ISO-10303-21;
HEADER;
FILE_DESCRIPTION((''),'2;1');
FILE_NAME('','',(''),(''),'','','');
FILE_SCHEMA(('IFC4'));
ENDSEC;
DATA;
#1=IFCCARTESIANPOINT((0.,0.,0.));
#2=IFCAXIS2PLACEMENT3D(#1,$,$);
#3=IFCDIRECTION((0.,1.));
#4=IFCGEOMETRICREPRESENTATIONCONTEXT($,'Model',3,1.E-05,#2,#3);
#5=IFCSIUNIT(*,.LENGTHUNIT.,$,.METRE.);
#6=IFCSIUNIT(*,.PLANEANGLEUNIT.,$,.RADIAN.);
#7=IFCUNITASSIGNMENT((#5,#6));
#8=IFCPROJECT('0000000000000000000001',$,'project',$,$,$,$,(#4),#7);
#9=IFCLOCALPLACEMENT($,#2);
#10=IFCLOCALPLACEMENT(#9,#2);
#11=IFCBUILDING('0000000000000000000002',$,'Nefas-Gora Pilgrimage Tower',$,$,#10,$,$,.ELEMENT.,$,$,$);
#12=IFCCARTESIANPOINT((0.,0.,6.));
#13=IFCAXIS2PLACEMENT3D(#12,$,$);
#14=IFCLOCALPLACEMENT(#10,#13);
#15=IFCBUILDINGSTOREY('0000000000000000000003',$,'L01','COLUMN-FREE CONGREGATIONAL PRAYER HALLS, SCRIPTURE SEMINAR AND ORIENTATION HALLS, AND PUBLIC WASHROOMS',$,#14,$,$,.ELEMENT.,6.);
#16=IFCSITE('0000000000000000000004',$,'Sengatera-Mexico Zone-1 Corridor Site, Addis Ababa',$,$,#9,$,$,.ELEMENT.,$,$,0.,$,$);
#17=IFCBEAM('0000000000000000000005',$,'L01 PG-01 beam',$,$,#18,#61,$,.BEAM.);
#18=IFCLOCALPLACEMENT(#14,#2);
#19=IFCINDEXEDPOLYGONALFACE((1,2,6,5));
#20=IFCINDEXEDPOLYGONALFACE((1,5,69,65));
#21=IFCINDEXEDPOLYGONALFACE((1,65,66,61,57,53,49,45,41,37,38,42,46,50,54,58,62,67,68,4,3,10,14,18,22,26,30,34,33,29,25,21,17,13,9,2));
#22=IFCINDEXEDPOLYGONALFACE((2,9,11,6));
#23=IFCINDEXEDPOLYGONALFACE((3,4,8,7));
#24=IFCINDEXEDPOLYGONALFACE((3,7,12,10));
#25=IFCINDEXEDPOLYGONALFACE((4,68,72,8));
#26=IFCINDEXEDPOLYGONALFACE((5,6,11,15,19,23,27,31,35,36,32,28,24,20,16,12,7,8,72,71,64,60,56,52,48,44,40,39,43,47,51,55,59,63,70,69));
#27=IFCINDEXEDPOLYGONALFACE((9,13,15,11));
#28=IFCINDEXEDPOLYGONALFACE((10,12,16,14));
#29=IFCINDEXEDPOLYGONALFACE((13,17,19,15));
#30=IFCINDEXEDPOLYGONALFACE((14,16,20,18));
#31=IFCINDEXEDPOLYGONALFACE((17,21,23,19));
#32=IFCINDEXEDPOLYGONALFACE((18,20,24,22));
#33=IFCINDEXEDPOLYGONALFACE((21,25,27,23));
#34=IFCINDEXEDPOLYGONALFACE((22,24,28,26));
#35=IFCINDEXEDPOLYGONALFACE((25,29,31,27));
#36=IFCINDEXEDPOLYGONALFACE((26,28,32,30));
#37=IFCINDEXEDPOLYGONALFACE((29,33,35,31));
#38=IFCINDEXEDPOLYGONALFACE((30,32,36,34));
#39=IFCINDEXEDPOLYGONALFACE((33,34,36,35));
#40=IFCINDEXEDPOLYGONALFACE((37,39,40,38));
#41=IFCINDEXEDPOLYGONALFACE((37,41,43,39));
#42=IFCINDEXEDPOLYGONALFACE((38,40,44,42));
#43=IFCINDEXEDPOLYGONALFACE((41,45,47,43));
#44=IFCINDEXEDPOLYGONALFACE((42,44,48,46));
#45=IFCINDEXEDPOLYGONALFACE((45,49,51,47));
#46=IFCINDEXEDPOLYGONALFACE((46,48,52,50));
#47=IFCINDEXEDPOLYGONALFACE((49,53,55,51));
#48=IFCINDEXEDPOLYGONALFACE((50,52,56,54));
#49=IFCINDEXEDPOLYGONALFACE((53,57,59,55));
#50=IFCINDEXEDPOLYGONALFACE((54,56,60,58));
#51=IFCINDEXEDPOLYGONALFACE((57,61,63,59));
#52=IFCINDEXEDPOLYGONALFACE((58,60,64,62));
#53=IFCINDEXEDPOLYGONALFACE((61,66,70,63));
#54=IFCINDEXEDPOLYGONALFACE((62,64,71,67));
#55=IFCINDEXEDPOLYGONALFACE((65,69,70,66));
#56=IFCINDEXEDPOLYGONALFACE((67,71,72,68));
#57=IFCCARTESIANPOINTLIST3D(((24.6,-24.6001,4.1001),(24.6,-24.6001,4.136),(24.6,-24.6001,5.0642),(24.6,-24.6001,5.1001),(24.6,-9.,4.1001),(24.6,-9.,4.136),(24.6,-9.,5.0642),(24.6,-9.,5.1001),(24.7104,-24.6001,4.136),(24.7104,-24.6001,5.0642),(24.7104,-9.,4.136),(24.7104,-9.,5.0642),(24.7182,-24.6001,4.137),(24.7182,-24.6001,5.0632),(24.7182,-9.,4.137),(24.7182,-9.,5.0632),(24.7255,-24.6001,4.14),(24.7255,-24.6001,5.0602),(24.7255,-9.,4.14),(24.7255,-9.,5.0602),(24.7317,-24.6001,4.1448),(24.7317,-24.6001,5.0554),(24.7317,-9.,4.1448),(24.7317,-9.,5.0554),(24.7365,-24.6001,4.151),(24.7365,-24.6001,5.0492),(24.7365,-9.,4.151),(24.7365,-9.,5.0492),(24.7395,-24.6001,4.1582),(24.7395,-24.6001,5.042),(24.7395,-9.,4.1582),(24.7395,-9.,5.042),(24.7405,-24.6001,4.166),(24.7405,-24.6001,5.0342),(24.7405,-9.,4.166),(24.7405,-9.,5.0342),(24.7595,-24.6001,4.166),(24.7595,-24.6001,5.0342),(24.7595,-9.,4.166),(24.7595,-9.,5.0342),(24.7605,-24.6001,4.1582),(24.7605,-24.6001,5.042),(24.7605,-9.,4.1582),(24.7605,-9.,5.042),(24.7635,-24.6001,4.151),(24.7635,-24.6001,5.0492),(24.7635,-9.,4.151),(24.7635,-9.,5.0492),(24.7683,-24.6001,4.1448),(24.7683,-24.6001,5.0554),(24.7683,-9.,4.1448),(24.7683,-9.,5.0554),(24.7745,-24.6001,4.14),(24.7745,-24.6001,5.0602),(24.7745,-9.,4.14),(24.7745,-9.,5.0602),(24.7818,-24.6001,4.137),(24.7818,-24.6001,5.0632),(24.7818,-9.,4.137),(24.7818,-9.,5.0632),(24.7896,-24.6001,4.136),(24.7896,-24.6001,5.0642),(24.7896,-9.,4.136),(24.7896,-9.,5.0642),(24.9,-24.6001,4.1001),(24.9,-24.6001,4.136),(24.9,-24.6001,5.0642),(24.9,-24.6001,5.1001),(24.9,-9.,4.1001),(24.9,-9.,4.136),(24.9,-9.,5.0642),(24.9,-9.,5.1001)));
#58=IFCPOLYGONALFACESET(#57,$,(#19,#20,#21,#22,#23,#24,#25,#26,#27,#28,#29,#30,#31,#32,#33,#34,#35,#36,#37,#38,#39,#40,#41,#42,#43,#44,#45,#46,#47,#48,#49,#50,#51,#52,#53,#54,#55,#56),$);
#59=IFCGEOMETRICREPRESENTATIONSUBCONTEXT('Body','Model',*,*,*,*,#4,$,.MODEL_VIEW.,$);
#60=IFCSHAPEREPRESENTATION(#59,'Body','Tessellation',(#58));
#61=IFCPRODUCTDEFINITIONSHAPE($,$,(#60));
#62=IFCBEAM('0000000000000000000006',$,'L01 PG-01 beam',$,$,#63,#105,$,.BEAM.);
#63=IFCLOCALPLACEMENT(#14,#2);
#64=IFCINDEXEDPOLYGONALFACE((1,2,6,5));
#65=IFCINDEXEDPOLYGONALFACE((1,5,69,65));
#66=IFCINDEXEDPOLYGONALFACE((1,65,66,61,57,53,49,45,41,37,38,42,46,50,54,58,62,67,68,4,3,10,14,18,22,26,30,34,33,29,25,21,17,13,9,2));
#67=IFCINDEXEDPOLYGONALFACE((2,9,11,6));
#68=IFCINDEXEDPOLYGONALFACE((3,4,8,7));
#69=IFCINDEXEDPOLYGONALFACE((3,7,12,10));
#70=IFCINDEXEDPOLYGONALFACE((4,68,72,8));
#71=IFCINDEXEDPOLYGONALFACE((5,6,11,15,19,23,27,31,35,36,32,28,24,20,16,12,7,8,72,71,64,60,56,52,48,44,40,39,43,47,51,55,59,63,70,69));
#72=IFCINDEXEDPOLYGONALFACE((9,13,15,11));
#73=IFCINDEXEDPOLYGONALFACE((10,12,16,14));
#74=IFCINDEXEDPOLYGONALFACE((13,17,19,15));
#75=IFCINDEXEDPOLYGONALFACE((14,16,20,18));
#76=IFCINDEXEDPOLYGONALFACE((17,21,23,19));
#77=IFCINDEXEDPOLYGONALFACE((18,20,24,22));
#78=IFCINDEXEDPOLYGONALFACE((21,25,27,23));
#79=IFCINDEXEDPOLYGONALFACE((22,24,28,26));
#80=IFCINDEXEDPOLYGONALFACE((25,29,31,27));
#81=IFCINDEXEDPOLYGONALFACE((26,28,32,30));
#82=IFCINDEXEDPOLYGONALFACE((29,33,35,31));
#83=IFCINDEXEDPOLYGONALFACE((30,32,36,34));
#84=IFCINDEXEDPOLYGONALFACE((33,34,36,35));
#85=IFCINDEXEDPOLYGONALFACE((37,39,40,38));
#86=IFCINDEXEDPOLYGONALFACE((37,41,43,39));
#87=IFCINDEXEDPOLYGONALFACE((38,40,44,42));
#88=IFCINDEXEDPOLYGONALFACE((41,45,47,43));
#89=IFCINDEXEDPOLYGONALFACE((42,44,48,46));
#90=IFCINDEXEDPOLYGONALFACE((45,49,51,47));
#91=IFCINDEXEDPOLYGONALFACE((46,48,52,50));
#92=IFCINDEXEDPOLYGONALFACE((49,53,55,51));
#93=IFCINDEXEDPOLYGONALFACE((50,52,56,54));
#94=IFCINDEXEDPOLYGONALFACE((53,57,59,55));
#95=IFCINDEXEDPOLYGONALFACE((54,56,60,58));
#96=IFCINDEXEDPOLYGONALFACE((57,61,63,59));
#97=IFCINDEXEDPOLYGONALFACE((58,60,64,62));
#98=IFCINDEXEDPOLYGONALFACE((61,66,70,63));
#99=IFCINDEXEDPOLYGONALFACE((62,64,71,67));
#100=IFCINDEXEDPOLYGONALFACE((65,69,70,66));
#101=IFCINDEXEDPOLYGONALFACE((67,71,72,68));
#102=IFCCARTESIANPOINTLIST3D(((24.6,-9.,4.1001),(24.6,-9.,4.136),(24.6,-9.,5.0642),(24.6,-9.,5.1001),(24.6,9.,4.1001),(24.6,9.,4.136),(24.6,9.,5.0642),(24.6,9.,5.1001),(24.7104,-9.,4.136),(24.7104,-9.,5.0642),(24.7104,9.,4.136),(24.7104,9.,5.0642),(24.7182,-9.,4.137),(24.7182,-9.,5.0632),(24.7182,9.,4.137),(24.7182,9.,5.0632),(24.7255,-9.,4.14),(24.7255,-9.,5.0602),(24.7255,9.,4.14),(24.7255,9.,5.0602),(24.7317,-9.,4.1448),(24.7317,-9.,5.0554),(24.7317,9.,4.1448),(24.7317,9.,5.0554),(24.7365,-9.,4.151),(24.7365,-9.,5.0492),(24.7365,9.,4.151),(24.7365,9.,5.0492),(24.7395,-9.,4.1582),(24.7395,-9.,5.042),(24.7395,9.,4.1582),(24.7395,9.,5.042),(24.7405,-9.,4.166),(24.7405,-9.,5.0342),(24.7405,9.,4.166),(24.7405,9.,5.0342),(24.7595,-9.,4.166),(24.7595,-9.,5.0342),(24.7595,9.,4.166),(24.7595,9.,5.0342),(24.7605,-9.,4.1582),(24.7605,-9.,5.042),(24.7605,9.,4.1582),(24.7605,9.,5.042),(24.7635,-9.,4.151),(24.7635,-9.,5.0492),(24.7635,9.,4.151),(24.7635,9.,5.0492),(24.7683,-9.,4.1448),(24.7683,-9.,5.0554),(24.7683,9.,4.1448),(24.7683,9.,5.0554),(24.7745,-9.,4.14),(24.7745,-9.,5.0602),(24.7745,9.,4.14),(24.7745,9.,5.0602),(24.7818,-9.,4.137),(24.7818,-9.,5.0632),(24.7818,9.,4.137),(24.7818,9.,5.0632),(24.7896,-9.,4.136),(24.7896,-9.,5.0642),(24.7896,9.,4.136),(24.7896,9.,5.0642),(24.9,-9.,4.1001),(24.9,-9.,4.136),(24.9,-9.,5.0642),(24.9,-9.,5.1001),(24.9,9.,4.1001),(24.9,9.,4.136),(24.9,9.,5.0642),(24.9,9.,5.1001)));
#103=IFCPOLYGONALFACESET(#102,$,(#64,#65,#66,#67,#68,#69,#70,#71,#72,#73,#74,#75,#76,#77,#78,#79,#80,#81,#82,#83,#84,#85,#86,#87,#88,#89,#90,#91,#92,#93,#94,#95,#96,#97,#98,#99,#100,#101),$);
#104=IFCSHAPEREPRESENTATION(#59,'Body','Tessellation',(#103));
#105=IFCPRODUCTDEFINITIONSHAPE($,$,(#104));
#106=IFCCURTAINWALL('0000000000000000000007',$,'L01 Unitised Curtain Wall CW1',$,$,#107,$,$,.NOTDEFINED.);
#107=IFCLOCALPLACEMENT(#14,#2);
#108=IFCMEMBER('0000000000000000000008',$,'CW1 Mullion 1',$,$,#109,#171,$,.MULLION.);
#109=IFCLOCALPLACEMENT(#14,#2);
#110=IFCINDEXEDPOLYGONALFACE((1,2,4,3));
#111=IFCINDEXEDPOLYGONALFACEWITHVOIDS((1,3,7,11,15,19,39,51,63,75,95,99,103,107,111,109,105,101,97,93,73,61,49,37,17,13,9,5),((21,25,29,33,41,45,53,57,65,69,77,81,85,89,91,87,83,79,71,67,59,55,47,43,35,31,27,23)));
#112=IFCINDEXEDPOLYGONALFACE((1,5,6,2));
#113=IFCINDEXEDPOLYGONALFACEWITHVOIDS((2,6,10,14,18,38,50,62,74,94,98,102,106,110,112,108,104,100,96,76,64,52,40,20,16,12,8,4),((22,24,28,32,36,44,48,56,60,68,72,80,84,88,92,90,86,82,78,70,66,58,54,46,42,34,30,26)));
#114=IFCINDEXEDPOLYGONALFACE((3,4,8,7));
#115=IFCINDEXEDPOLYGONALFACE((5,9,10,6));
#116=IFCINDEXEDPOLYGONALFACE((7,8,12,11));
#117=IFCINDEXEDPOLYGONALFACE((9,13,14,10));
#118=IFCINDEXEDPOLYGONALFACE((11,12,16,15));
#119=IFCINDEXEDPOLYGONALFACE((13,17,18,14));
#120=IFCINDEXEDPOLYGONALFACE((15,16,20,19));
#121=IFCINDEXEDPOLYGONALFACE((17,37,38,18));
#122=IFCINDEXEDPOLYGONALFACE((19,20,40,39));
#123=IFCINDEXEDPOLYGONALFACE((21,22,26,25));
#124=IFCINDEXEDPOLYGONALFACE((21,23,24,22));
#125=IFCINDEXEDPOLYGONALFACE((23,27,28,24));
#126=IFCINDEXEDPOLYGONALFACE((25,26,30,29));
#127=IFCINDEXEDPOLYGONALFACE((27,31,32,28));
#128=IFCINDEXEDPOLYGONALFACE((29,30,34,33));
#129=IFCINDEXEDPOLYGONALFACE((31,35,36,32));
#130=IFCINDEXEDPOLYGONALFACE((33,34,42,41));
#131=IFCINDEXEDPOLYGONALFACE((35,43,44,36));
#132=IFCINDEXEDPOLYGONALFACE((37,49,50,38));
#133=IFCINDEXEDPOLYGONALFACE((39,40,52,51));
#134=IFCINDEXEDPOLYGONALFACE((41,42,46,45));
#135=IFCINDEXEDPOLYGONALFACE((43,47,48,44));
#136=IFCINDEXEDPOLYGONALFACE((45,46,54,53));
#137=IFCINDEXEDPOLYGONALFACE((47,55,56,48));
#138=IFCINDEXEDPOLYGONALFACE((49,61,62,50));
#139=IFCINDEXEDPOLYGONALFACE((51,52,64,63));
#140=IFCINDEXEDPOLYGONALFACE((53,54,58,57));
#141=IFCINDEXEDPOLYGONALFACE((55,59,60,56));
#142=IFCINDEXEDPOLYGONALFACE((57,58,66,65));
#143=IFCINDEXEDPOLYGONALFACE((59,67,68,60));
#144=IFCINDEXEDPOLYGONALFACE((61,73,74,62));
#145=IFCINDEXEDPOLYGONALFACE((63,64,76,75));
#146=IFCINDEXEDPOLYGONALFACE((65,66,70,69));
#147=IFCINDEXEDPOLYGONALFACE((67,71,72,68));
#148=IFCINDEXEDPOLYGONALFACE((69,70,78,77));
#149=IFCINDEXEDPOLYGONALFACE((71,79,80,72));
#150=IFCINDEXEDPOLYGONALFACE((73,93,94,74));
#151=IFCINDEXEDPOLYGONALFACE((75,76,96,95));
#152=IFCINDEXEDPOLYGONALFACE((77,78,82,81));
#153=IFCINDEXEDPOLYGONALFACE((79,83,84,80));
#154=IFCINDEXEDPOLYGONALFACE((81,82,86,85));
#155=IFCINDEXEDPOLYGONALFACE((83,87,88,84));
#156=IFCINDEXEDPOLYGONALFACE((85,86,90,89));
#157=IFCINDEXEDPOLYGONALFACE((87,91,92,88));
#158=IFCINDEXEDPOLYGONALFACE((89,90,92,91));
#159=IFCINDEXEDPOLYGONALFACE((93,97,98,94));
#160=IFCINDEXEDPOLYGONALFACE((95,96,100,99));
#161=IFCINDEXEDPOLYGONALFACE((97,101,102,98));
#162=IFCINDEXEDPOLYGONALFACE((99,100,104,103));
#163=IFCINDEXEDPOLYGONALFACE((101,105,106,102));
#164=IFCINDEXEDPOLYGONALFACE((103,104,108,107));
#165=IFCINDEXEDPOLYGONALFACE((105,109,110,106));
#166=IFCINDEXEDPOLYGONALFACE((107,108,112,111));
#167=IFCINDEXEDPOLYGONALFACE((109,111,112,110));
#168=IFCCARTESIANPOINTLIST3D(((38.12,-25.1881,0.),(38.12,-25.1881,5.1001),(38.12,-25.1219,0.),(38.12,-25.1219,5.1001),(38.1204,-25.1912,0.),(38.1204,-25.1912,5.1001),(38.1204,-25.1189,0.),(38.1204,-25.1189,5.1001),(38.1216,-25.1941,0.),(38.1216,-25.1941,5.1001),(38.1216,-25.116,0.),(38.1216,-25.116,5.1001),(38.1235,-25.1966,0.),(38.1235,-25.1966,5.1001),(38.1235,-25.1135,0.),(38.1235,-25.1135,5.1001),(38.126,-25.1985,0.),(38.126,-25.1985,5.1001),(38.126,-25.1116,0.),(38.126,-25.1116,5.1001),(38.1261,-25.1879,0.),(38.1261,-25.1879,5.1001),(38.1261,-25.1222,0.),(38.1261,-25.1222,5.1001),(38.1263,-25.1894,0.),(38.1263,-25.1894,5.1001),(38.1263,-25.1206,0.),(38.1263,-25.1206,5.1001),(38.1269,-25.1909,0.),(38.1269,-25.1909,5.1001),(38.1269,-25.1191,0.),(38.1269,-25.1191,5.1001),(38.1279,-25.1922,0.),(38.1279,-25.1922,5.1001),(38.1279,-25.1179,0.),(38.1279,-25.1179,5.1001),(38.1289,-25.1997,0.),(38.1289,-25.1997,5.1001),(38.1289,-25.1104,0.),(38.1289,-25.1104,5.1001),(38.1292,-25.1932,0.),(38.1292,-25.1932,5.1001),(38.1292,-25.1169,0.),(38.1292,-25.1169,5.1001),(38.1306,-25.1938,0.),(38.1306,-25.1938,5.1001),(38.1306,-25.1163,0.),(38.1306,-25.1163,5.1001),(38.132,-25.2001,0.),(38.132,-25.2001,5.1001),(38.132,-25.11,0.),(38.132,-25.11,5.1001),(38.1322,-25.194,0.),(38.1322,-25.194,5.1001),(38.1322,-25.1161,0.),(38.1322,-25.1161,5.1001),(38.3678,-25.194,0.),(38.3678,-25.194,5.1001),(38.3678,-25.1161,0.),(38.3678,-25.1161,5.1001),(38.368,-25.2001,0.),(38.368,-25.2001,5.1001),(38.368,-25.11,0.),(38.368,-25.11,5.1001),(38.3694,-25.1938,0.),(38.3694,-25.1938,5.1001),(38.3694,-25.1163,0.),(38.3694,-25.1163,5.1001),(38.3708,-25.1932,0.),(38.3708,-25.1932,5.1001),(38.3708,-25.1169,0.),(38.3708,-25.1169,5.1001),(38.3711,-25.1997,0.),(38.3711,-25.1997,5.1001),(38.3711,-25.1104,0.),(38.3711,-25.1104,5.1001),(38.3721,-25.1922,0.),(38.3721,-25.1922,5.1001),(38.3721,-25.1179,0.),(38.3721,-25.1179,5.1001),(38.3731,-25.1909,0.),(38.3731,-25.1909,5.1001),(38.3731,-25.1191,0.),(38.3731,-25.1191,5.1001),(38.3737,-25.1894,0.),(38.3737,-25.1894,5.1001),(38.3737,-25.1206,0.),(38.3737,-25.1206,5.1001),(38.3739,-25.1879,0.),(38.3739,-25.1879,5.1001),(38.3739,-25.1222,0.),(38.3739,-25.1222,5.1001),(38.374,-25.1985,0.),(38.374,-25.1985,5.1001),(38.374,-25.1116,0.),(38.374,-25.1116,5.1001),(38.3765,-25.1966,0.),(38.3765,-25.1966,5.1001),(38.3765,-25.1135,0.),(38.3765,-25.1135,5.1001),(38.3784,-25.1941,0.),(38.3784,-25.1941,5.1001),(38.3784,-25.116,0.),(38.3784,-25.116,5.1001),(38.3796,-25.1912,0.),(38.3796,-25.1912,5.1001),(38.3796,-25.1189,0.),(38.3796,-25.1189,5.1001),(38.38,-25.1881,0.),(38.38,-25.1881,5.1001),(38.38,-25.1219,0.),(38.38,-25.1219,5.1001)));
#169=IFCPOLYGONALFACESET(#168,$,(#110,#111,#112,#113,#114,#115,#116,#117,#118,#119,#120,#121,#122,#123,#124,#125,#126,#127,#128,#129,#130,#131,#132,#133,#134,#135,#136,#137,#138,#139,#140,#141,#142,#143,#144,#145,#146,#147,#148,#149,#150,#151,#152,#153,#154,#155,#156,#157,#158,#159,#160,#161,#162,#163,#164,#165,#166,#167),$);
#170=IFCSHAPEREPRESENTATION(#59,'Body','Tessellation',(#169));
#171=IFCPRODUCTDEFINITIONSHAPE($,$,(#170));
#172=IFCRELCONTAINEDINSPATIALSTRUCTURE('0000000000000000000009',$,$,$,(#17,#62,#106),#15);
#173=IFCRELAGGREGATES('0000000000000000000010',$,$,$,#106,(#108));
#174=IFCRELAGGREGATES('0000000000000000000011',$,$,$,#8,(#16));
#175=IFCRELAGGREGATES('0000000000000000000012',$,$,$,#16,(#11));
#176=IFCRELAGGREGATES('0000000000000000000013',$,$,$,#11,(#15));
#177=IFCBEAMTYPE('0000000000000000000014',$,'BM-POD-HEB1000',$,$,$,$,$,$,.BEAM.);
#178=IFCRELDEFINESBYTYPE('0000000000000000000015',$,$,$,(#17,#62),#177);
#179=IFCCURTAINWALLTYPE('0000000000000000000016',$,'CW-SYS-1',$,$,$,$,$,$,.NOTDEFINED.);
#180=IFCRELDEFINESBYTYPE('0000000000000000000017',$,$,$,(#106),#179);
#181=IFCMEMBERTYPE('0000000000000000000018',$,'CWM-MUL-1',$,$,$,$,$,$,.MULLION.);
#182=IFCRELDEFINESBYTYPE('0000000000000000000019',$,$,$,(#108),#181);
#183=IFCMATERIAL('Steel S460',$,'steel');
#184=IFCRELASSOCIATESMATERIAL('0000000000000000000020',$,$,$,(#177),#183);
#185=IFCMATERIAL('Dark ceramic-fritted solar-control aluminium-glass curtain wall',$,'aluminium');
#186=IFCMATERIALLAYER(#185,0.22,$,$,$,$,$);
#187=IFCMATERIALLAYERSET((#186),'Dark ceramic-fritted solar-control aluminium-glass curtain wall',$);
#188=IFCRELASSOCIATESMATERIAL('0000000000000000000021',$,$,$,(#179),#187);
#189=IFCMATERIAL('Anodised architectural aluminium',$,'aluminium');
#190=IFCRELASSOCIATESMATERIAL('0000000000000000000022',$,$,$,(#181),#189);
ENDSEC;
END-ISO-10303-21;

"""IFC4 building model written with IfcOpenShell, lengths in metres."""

from ifc_helpers import new_model, si_unit, direction, frame, origin, origin_2d, place, context, subcontext, project, spatial, hollow_rectangle, i_section, extrude, source, transform, mapped, material, layer, layer_set, material_profile, profile_set, type_object, element, aggregate, save


model = new_model("IFC4")

# Units and contexts
model_context = context("Model", 3, precision=1e-05, world=origin(), true_north=direction((0.0, 1.0)))
body_context = subcontext(model_context, "Body", "Model", "MODEL_VIEW")
ifc_project = project(units=[si_unit("LENGTHUNIT", "METRE"), si_unit("PLANEANGLEUNIT", "RADIAN")], contexts=[model_context])

# Site, building, storey
site_placement = place(None, origin())
site = spatial("IfcSite", under=ifc_project, at=site_placement, Name="Sengatera-Mexico Zone-1 Corridor Site, Addis Ababa", CompositionType="ELEMENT", RefElevation=0.0)
building_placement = place(site_placement, origin())
building = spatial("IfcBuilding", under=site, at=building_placement, Name="Nefas-Gora Pilgrimage Tower", CompositionType="ELEMENT")
storey_placement = place(building_placement, frame((0.0, 0.0, 6.0)))
storey = spatial("IfcBuildingStorey", under=building, at=storey_placement, Name="L01", Description="COLUMN-FREE CONGREGATIONAL PRAYER HALLS, SCRIPTURE SEMINAR AND ORIENTATION HALLS, AND PUBLIC WASHROOMS", CompositionType="ELEMENT", Elevation=6.0)

# Shared definitions
ifc_material_1 = material(Name="Steel S460", Category="steel")

# Beams
ifc_material_profile_1 = material_profile(ifc_material_1, i_section(OverallWidth=0.3, OverallDepth=1.0, WebThickness=0.019, FlangeThickness=0.0359, FilletRadius=0.03, at=origin_2d()), Name="HEB 1000")
ifc_profile_set_1 = profile_set([ifc_material_profile_1], Name="Steel S460")
beam_type_1 = type_object("IfcBeamType", Name="BM-POD-HEB1000", PredefinedType="BEAM", material=ifc_profile_set_1)
shared_shape_1 = source(origin(), body_context, "Body", "SweptSolid", [
    extrude(i_section(OverallWidth=0.3, OverallDepth=1.0, WebThickness=0.019, FlangeThickness=0.0359, FilletRadius=0.03, at=origin_2d()), origin(), (0.0, 0.0, 1.0), 15.6001),
])
beam_1_placement = place(storey_placement, frame((24.75, -24.6001, 4.6001), z_axis=(0.0, 1.0, 0.0), x_axis=(-1.0, 0.0, 0.0)))
element("IfcBeam", 1, at=beam_1_placement, inside=storey, type_object=beam_type_1, Name="L01 PG-01 beam", PredefinedType="BEAM", context=body_context, shape_type="MappedRepresentation", body=[
    mapped(shared_shape_1, transform((0.0, 0.0, 0.0), x_axis=(1.0, 0.0, 0.0), y_axis=(0.0, 1.0, 0.0), z_axis=(0.0, 0.0, 1.0), scale=1.0)),
])
shared_shape_2 = source(origin(), body_context, "Body", "SweptSolid", [
    extrude(i_section(OverallWidth=0.3, OverallDepth=1.0, WebThickness=0.019, FlangeThickness=0.0359, FilletRadius=0.03, at=origin_2d()), origin(), (0.0, 0.0, 1.0), 18.0),
])
beam_2_placement = place(storey_placement, frame((24.75, -9.0, 4.6001), z_axis=(0.0, 1.0, 0.0), x_axis=(-1.0, 0.0, 0.0)))
element("IfcBeam", 2, at=beam_2_placement, inside=storey, type_object=beam_type_1, Name="L01 PG-01 beam", PredefinedType="BEAM", context=body_context, shape_type="MappedRepresentation", body=[
    mapped(shared_shape_2, transform((0.0, 0.0, 0.0), x_axis=(1.0, 0.0, 0.0), y_axis=(0.0, 1.0, 0.0), z_axis=(0.0, 0.0, 1.0), scale=1.0)),
])

# Curtain wall, member
ifc_material_2 = material(Name="Dark ceramic-fritted solar-control aluminium-glass curtain wall", Category="aluminium")
ifc_layer_1 = layer(ifc_material_2, 0.22)
ifc_layer_set_1 = layer_set([ifc_layer_1], Name="Dark ceramic-fritted solar-control aluminium-glass curtain wall")
curtain_wall_type = type_object("IfcCurtainWallType", Name="CW-SYS-1", PredefinedType="NOTDEFINED", material=ifc_layer_set_1)
curtain_wall_1_placement = place(storey_placement, origin())
curtain_wall_1 = element("IfcCurtainWall", 3, at=curtain_wall_1_placement, inside=storey, type_object=curtain_wall_type, Name="L01 Unitised Curtain Wall CW1", PredefinedType="NOTDEFINED")
ifc_material_3 = material(Name="Anodised architectural aluminium", Category="aluminium")
ifc_material_profile_2 = material_profile(ifc_material_3, hollow_rectangle(XDim=0.0901, YDim=0.26, WallThickness=0.0061, InnerFilletRadius=0.0061, OuterFilletRadius=0.012, at=origin_2d()), Name="ALU MULLION 90x260")
ifc_profile_set_2 = profile_set([ifc_material_profile_2], Name="Anodised architectural aluminium")
member_type_1 = type_object("IfcMemberType", Name="CWM-MUL-1", PredefinedType="MULLION", material=ifc_profile_set_2)
shared_shape_3 = source(origin(), body_context, "Body", "SweptSolid", [
    extrude(hollow_rectangle(XDim=0.0901, YDim=0.26, WallThickness=0.0061, InnerFilletRadius=0.0061, OuterFilletRadius=0.012, at=origin_2d()), origin(), (0.0, 0.0, 1.0), 5.1001),
])
member_1_placement = place(storey_placement, frame((38.25, -25.155, 0.0), z_axis=(0.0, 0.0, 1.0), x_axis=(0.0, 1.0, 0.0)))
member_1 = element("IfcMember", 4, at=member_1_placement, type_object=member_type_1, Name="CW1 Mullion 1", PredefinedType="MULLION", context=body_context, shape_type="MappedRepresentation", body=[
    mapped(shared_shape_3, transform((0.0, 0.0, 0.0), x_axis=(1.0, 0.0, 0.0), y_axis=(0.0, 1.0, 0.0), z_axis=(0.0, 0.0, 1.0), scale=1.0)),
])

aggregate(curtain_wall_1, [member_1])

save(model, "model.ifc")
